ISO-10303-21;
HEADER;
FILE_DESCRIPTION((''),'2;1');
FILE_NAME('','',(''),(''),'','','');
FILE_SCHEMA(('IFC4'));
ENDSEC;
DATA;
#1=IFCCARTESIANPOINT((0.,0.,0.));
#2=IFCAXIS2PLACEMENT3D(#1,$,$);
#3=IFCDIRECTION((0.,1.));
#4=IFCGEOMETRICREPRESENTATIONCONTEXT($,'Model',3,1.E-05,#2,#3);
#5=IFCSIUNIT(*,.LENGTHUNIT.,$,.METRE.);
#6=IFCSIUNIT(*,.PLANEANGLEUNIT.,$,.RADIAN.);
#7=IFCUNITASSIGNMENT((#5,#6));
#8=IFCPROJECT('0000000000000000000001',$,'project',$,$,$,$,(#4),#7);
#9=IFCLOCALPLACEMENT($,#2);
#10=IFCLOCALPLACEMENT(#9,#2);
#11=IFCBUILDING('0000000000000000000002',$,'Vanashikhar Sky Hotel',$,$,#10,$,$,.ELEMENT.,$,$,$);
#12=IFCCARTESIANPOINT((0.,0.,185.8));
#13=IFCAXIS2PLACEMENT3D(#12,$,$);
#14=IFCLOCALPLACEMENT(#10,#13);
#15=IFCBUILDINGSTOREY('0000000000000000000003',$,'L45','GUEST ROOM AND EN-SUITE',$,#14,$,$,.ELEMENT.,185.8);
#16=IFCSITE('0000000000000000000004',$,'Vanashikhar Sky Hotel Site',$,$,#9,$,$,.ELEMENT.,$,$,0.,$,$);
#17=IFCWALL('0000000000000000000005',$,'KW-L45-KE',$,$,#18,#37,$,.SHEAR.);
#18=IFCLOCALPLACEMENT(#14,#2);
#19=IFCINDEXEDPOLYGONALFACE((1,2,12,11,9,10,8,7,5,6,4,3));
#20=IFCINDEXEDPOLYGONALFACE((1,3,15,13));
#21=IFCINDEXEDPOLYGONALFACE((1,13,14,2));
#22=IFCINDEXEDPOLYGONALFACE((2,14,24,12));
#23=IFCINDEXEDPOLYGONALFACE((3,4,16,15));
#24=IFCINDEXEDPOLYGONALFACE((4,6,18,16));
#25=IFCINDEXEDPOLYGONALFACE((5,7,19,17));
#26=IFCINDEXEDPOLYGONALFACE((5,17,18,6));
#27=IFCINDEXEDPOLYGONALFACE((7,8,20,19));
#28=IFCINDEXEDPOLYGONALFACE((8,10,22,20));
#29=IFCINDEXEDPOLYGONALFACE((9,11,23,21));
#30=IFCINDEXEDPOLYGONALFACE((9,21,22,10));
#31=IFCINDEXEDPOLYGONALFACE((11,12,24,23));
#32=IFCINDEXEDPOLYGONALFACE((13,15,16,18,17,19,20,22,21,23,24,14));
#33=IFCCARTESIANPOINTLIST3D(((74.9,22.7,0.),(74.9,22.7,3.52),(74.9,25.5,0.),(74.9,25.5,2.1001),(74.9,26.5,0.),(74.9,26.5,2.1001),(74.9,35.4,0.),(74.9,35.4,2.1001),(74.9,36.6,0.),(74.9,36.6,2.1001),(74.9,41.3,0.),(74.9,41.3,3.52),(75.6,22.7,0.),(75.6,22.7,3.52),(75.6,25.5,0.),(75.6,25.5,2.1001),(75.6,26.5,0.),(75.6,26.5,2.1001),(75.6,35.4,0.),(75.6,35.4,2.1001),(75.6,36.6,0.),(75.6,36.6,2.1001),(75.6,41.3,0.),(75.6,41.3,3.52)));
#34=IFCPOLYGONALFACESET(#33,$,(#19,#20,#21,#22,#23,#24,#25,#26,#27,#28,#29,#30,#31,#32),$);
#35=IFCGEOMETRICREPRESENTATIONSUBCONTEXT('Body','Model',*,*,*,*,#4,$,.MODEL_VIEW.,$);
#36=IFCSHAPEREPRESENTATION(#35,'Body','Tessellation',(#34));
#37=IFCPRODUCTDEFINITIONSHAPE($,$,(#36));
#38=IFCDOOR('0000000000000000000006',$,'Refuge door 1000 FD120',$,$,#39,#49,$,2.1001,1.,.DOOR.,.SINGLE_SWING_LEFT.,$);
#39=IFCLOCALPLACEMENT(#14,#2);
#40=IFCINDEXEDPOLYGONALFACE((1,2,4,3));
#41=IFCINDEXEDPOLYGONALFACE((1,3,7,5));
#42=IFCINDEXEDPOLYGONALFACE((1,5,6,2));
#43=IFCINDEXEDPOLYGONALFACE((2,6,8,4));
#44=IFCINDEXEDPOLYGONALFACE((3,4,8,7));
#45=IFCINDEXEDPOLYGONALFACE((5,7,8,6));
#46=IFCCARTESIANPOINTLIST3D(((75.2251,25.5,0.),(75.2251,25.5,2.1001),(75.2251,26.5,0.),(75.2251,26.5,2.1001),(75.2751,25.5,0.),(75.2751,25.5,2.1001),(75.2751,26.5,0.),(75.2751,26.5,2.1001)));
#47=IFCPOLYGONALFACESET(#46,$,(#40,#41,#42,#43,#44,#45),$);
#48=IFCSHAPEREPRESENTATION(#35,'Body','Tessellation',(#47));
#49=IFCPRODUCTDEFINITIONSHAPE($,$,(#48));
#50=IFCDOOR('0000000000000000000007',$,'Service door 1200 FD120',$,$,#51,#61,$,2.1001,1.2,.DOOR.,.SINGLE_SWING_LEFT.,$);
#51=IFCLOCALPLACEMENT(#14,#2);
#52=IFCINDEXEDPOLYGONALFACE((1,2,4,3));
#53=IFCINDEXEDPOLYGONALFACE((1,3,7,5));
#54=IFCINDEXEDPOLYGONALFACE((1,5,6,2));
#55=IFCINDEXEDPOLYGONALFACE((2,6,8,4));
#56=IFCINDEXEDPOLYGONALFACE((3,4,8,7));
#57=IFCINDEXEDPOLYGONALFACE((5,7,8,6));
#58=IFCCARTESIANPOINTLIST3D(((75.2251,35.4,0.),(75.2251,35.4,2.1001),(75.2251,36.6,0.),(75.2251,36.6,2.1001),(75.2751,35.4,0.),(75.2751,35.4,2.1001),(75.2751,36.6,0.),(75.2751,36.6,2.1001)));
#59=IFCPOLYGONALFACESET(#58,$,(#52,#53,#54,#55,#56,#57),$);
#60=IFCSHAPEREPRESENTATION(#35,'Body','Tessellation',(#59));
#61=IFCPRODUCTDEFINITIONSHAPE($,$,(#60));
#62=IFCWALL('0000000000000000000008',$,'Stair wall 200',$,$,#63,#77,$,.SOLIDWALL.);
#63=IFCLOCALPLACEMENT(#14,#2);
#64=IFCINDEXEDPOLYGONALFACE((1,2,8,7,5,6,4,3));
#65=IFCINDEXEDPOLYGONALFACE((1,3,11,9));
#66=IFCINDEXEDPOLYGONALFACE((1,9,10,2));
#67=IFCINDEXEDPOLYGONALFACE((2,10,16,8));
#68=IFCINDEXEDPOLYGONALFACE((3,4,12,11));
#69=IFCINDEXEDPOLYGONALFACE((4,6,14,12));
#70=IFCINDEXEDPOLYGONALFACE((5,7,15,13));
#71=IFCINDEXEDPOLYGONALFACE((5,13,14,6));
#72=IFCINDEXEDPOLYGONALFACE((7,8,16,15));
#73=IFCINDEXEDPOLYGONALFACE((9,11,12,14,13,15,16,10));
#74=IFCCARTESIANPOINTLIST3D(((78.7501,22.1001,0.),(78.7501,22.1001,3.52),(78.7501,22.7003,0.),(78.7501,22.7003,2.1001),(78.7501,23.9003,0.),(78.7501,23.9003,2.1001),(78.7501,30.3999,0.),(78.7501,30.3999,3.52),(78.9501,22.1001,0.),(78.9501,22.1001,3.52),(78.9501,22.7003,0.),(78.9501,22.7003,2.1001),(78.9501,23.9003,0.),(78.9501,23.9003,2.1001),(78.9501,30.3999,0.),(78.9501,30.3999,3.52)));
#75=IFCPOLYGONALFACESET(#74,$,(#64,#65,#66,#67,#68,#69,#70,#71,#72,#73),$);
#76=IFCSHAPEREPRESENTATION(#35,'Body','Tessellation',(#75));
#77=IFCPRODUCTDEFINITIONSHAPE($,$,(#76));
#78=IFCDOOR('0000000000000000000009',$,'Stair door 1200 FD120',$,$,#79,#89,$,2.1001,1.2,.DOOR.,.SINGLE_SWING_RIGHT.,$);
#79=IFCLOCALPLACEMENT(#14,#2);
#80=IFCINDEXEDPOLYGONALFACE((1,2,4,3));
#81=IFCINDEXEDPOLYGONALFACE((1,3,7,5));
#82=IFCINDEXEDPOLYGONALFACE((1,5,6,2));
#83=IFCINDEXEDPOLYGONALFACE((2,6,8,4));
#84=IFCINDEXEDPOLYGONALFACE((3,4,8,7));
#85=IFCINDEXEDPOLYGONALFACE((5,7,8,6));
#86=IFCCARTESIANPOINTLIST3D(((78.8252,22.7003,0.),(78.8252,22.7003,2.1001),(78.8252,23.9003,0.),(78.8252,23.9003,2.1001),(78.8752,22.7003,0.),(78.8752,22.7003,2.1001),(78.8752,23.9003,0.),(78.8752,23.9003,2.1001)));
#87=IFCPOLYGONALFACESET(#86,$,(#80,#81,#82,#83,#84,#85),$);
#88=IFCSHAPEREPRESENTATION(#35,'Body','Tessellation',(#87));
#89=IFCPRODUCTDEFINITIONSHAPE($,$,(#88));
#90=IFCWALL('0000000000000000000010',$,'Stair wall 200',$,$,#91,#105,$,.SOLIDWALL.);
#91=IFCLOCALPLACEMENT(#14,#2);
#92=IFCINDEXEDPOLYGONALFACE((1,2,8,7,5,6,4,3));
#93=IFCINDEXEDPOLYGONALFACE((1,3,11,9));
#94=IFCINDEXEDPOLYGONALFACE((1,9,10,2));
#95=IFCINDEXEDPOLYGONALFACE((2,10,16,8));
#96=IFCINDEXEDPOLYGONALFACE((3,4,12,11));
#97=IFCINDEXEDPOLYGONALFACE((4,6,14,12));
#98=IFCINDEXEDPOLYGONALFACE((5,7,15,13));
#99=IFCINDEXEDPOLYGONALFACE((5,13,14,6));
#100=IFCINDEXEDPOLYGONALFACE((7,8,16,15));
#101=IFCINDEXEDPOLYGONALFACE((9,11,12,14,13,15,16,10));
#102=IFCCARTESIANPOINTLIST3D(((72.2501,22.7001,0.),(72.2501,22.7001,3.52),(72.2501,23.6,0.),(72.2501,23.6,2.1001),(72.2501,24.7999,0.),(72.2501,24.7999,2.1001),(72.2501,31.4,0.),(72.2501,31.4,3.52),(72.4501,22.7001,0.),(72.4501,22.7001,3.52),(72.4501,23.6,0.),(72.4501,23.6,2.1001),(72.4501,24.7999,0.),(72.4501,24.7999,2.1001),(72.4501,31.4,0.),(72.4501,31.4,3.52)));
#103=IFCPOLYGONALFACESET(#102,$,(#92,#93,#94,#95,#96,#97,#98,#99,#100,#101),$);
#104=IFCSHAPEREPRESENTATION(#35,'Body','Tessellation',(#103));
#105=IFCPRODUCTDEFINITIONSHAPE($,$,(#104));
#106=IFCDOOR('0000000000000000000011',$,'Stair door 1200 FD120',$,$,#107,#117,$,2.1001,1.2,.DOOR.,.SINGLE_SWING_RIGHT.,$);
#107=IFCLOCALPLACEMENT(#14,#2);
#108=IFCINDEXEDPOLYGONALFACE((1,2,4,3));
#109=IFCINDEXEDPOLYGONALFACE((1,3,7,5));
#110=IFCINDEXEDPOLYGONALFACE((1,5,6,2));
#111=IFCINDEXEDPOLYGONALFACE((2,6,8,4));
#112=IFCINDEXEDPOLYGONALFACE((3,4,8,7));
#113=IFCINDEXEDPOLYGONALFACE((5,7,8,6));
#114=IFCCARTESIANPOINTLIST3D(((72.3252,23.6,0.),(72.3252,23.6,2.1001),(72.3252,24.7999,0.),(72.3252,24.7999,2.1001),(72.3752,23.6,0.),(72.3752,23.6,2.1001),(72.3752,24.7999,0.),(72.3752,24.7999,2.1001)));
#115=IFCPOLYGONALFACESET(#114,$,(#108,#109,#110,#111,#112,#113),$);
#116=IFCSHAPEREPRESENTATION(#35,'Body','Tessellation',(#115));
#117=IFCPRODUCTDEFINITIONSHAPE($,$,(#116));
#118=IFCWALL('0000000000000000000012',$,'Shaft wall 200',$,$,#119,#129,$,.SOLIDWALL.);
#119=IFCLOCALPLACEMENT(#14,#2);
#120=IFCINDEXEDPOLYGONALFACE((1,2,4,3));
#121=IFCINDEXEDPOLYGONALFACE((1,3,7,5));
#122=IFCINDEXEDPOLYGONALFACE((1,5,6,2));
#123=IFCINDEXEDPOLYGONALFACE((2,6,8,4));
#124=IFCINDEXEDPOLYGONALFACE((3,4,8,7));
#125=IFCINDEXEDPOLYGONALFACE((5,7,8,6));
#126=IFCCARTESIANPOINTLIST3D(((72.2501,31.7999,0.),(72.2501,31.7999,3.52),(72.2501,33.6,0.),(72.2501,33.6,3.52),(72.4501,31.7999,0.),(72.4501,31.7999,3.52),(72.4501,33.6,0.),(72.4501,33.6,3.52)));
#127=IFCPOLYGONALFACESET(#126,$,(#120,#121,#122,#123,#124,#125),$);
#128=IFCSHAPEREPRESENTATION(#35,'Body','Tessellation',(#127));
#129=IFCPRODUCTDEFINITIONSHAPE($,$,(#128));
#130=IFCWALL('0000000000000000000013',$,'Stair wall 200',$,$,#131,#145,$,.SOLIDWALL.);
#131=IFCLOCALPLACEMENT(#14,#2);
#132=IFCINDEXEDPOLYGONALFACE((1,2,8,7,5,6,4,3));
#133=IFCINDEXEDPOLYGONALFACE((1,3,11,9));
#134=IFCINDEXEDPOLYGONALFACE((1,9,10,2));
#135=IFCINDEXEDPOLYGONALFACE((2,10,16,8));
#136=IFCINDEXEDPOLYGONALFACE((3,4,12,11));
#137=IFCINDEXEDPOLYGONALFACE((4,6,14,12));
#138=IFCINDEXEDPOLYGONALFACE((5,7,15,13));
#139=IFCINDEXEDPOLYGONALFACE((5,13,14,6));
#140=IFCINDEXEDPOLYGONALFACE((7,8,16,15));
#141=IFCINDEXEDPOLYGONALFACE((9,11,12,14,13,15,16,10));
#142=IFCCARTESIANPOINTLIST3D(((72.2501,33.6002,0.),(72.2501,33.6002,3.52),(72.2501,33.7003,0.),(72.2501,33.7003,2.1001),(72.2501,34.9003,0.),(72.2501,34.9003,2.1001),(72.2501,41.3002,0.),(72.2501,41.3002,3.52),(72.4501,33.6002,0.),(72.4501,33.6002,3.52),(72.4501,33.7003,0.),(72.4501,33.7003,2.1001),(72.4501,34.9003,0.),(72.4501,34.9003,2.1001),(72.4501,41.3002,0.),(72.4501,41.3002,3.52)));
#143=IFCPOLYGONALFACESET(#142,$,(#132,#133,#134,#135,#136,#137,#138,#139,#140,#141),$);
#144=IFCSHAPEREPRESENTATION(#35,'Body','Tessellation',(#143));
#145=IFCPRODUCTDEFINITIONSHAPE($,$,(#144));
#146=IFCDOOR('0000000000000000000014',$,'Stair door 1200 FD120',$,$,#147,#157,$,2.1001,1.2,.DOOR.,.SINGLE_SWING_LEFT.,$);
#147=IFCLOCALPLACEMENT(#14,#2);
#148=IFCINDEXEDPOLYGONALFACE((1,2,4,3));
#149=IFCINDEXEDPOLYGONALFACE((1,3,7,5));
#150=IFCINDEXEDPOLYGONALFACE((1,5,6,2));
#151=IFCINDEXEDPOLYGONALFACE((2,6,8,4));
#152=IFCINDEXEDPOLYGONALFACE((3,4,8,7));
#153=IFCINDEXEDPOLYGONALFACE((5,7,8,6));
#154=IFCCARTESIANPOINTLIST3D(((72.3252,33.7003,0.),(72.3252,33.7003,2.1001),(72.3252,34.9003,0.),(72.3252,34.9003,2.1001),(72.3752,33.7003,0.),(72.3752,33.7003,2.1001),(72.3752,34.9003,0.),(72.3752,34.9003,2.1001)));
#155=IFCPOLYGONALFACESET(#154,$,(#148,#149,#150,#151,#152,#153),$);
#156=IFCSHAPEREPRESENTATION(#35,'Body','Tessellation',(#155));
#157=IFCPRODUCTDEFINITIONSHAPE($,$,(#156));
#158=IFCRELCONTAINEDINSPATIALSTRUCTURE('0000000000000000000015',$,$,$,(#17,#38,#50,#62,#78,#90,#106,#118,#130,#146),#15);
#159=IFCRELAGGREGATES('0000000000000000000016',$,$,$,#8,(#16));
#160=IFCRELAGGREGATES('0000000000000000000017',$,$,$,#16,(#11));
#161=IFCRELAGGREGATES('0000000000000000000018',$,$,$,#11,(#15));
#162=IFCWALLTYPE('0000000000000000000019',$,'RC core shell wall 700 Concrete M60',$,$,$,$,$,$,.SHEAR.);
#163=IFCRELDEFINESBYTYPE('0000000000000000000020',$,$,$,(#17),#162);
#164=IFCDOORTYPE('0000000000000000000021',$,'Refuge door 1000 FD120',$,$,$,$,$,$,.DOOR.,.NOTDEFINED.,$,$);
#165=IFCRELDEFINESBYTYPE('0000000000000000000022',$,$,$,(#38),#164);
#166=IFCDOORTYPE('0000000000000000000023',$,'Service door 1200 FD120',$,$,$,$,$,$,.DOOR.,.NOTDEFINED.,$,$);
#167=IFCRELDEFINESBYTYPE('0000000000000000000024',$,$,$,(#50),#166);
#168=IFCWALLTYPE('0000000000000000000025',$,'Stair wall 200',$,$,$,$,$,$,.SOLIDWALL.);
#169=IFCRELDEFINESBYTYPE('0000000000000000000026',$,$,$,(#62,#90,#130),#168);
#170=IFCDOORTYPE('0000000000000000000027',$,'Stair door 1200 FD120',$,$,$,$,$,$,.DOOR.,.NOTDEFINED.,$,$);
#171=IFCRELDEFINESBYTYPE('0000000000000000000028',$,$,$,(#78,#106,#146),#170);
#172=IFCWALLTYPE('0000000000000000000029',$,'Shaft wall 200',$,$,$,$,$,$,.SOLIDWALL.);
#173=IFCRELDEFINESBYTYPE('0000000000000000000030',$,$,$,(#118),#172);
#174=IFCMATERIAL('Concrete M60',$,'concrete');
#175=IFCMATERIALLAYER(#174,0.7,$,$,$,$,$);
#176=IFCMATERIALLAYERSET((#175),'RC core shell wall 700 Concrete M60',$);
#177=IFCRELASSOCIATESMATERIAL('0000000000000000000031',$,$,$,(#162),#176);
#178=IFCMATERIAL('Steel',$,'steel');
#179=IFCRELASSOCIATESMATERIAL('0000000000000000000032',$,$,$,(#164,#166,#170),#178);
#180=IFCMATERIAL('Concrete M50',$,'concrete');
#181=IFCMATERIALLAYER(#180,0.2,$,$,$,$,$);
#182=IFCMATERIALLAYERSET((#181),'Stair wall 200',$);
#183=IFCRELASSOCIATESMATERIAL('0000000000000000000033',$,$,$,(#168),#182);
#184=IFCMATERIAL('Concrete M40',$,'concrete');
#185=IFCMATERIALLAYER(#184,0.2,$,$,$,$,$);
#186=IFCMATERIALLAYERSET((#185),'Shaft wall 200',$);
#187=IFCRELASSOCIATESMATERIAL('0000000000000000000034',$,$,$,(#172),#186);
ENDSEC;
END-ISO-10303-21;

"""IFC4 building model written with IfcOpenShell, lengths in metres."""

from ifc_helpers import new_model, si_unit, direction, frame, frame_2d, origin, place, context, subcontext, project, spatial, rectangle, extrude, source, transform, mapped, material, layer, layer_set, type_object, element, fill, save


model = new_model("IFC4")

# Units and contexts
model_context = context("Model", 3, precision=1e-05, world=origin(), true_north=direction((0.0, 1.0)))
body_context = subcontext(model_context, "Body", "Model", "MODEL_VIEW")
ifc_project = project(units=[si_unit("LENGTHUNIT", "METRE"), si_unit("PLANEANGLEUNIT", "RADIAN")], contexts=[model_context])

# Site, building, storey
site_placement = place(None, origin())
site = spatial("IfcSite", under=ifc_project, at=site_placement, Name="Vanashikhar Sky Hotel Site", CompositionType="ELEMENT", RefElevation=0.0)
building_placement = place(site_placement, origin())
building = spatial("IfcBuilding", under=site, at=building_placement, Name="Vanashikhar Sky Hotel", CompositionType="ELEMENT")
storey_placement = place(building_placement, frame((0.0, 0.0, 185.8)))
storey = spatial("IfcBuildingStorey", under=building, at=storey_placement, Name="L45", Description="GUEST ROOM AND EN-SUITE", CompositionType="ELEMENT", Elevation=185.8)

# Wall, openings, doors
ifc_material_1 = material(Name="Concrete M60", Category="concrete")
ifc_layer_1 = layer(ifc_material_1, 0.7)
ifc_layer_set_1 = layer_set([ifc_layer_1], Name="RC core shell wall 700 Concrete M60")
wall_type_1 = type_object("IfcWallType", Name="RC core shell wall 700 Concrete M60", PredefinedType="SHEAR", material=ifc_layer_set_1)
shared_shape_1 = source(origin(), body_context, "Body", "SweptSolid", [
    extrude(rectangle(XDim=18.6001, YDim=0.7, at=frame_2d((9.3, 0.0))), origin(), (0.0, 0.0, 1.0), 3.52),
])
wall_1_placement = place(storey_placement, frame((75.25, 22.7, 0.0), z_axis=(0.0, 0.0, 1.0), x_axis=(0.0, 1.0, 0.0)))
wall_1 = element("IfcWall", 1, at=wall_1_placement, inside=storey, type_object=wall_type_1, Name="KW-L45-KE", PredefinedType="SHEAR", context=body_context, shape_type="MappedRepresentation", body=[
    mapped(shared_shape_1, transform((0.0, 0.0, 0.0), scale=1.0)),
])
shared_shape_2 = source(origin(), body_context, "Body", "SweptSolid", [
    extrude(rectangle(XDim=1.0, YDim=2.1001, at=frame_2d((0.5, 1.05))), frame((0.0, 0.3599, 0.0), z_axis=(0.0, -1.0, 0.0), x_axis=(1.0, 0.0, 0.0)), (0.0, 0.0, 1.0), 0.72),
])
opening_1_placement = place(wall_1_placement, frame((2.8, 0.0, 0.0)))
opening_1 = element("IfcOpeningElement", 2, at=opening_1_placement, cuts=wall_1, PredefinedType="OPENING", context=body_context, shape_type="MappedRepresentation", body=[
    mapped(shared_shape_2, transform((0.0, 0.0, 0.0), scale=1.0)),
])
shared_shape_3 = source(origin(), body_context, "Body", "SweptSolid", [
    extrude(rectangle(XDim=1.2, YDim=2.1001, at=frame_2d((0.6001, 1.05))), frame((0.0, 0.3599, 0.0), z_axis=(0.0, -1.0, 0.0), x_axis=(1.0, 0.0, 0.0)), (0.0, 0.0, 1.0), 0.72),
])
opening_2_placement = place(wall_1_placement, frame((12.7, 0.0, 0.0)))
opening_2 = element("IfcOpeningElement", 3, at=opening_2_placement, cuts=wall_1, PredefinedType="OPENING", context=body_context, shape_type="MappedRepresentation", body=[
    mapped(shared_shape_3, transform((0.0, 0.0, 0.0), scale=1.0)),
])
ifc_material_2 = material(Name="Steel", Category="steel")
door_type_1 = type_object("IfcDoorType", Name="Refuge door 1000 FD120", OperationType="NOTDEFINED", PredefinedType="DOOR", material=ifc_material_2)
shared_shape_4 = source(origin(), body_context, "Body", "SweptSolid", [
    extrude(rectangle(XDim=1.0, YDim=2.1001, at=frame_2d((0.5, 1.05))), frame((0.0, 0.0249, 0.0), z_axis=(0.0, -1.0, 0.0), x_axis=(1.0, 0.0, 0.0)), (0.0, 0.0, 1.0), 0.05),
])
door_1_placement = place(opening_1_placement, origin())
door_1 = element("IfcDoor", 4, at=door_1_placement, inside=storey, type_object=door_type_1, Name="Refuge door 1000 FD120", OperationType="SINGLE_SWING_LEFT", OverallHeight=2.1001, OverallWidth=1.0, PredefinedType="DOOR", context=body_context, shape_type="MappedRepresentation", body=[
    mapped(shared_shape_4, transform((0.0, 0.0, 0.0), scale=1.0)),
])
fill(opening_1, door_1)
door_type_2 = type_object("IfcDoorType", Name="Service door 1200 FD120", OperationType="NOTDEFINED", PredefinedType="DOOR", material=ifc_material_2)
shared_shape_5 = source(origin(), body_context, "Body", "SweptSolid", [
    extrude(rectangle(XDim=1.2, YDim=2.1001, at=frame_2d((0.6001, 1.05))), frame((0.0, 0.0249, 0.0), z_axis=(0.0, -1.0, 0.0), x_axis=(1.0, 0.0, 0.0)), (0.0, 0.0, 1.0), 0.05),
])
door_2_placement = place(opening_2_placement, origin())
door_2 = element("IfcDoor", 5, at=door_2_placement, inside=storey, type_object=door_type_2, Name="Service door 1200 FD120", OperationType="SINGLE_SWING_LEFT", OverallHeight=2.1001, OverallWidth=1.2, PredefinedType="DOOR", context=body_context, shape_type="MappedRepresentation", body=[
    mapped(shared_shape_5, transform((0.0, 0.0, 0.0), scale=1.0)),
])
fill(opening_2, door_2)

# Walls, openings, doors
ifc_material_3 = material(Name="Concrete M50", Category="concrete")
ifc_layer_2 = layer(ifc_material_3, 0.2)
ifc_layer_set_2 = layer_set([ifc_layer_2], Name="Stair wall 200")
wall_type_2 = type_object("IfcWallType", Name="Stair wall 200", PredefinedType="SOLIDWALL", material=ifc_layer_set_2)
shared_shape_6 = source(origin(), body_context, "Body", "SweptSolid", [
    extrude(rectangle(XDim=8.2998, YDim=0.2, at=frame_2d((4.1499, 0.0))), origin(), (0.0, 0.0, 1.0), 3.52),
])
wall_2_placement = place(storey_placement, frame((78.8501, 22.1001, 0.0), z_axis=(0.0, 0.0, 1.0), x_axis=(0.0, 1.0, 0.0)))
wall_2 = element("IfcWall", 6, at=wall_2_placement, inside=storey, type_object=wall_type_2, Name="Stair wall 200", PredefinedType="SOLIDWALL", context=body_context, shape_type="MappedRepresentation", body=[
    mapped(shared_shape_6, transform((0.0, 0.0, 0.0), scale=1.0)),
])
shared_shape_7 = source(origin(), body_context, "Body", "SweptSolid", [
    extrude(rectangle(XDim=1.2, YDim=2.1001, at=frame_2d((0.6001, 1.05))), frame((0.0, 0.1099, 0.0), z_axis=(0.0, -1.0, 0.0), x_axis=(1.0, 0.0, 0.0)), (0.0, 0.0, 1.0), 0.22),
])
opening_3_placement = place(wall_2_placement, frame((0.6001, 0.0, 0.0)))
opening_3 = element("IfcOpeningElement", 7, at=opening_3_placement, cuts=wall_2, PredefinedType="OPENING", context=body_context, shape_type="MappedRepresentation", body=[
    mapped(shared_shape_7, transform((0.0, 0.0, 0.0), scale=1.0)),
])
door_type_3 = type_object("IfcDoorType", Name="Stair door 1200 FD120", OperationType="NOTDEFINED", PredefinedType="DOOR", material=ifc_material_2)
door_3_placement = place(opening_3_placement, origin())
door_3 = element("IfcDoor", 8, at=door_3_placement, inside=storey, type_object=door_type_3, Name="Stair door 1200 FD120", OperationType="SINGLE_SWING_RIGHT", OverallHeight=2.1001, OverallWidth=1.2, PredefinedType="DOOR", context=body_context, shape_type="MappedRepresentation", body=[
    mapped(shared_shape_5, transform((0.0, 0.0, 0.0), scale=1.0)),
])
fill(opening_3, door_3)
shared_shape_8 = source(origin(), body_context, "Body", "SweptSolid", [
    extrude(rectangle(XDim=8.7, YDim=0.2, at=frame_2d((4.3501, 0.0))), origin(), (0.0, 0.0, 1.0), 3.52),
])
wall_3_placement = place(storey_placement, frame((72.3501, 22.7, 0.0), z_axis=(0.0, 0.0, 1.0), x_axis=(0.0, 1.0, 0.0)))
wall_3 = element("IfcWall", 9, at=wall_3_placement, inside=storey, type_object=wall_type_2, Name="Stair wall 200", PredefinedType="SOLIDWALL", context=body_context, shape_type="MappedRepresentation", body=[
    mapped(shared_shape_8, transform((0.0, 0.0, 0.0), scale=1.0)),
])
opening_4_placement = place(wall_3_placement, frame((0.8999, 0.0, 0.0)))
opening_4 = element("IfcOpeningElement", 10, at=opening_4_placement, cuts=wall_3, PredefinedType="OPENING", context=body_context, shape_type="MappedRepresentation", body=[
    mapped(shared_shape_7, transform((0.0, 0.0, 0.0), scale=1.0)),
])
door_4_placement = place(opening_4_placement, origin())
door_4 = element("IfcDoor", 11, at=door_4_placement, inside=storey, type_object=door_type_3, Name="Stair door 1200 FD120", OperationType="SINGLE_SWING_RIGHT", OverallHeight=2.1001, OverallWidth=1.2, PredefinedType="DOOR", context=body_context, shape_type="MappedRepresentation", body=[
    mapped(shared_shape_5, transform((0.0, 0.0, 0.0), scale=1.0)),
])
fill(opening_4, door_4)

# Wall
ifc_material_4 = material(Name="Concrete M40", Category="concrete")
ifc_layer_3 = layer(ifc_material_4, 0.2)
ifc_layer_set_3 = layer_set([ifc_layer_3], Name="Shaft wall 200")
wall_type_3 = type_object("IfcWallType", Name="Shaft wall 200", PredefinedType="SOLIDWALL", material=ifc_layer_set_3)
shared_shape_9 = source(origin(), body_context, "Body", "SweptSolid", [
    extrude(rectangle(XDim=1.8, YDim=0.2, at=frame_2d((0.8999, 0.0))), origin(), (0.0, 0.0, 1.0), 3.52),
])
wall_4_placement = place(storey_placement, frame((72.3501, 31.8, 0.0), z_axis=(0.0, 0.0, 1.0), x_axis=(0.0, 1.0, 0.0)))
element("IfcWall", 12, at=wall_4_placement, inside=storey, type_object=wall_type_3, Name="Shaft wall 200", PredefinedType="SOLIDWALL", context=body_context, shape_type="MappedRepresentation", body=[
    mapped(shared_shape_9, transform((0.0, 0.0, 0.0), scale=1.0)),
])

# Wall, opening, door
shared_shape_10 = source(origin(), body_context, "Body", "SweptSolid", [
    extrude(rectangle(XDim=7.7, YDim=0.2, at=frame_2d((3.8501, 0.0))), origin(), (0.0, 0.0, 1.0), 3.52),
])
wall_5_placement = place(storey_placement, frame((72.3501, 33.6001, 0.0), z_axis=(0.0, 0.0, 1.0), x_axis=(0.0, 1.0, 0.0)))
wall_5 = element("IfcWall", 13, at=wall_5_placement, inside=storey, type_object=wall_type_2, Name="Stair wall 200", PredefinedType="SOLIDWALL", context=body_context, shape_type="MappedRepresentation", body=[
    mapped(shared_shape_10, transform((0.0, 0.0, 0.0), scale=1.0)),
])
opening_5_placement = place(wall_5_placement, frame((0.1001, 0.0, 0.0)))
opening_5 = element("IfcOpeningElement", 14, at=opening_5_placement, cuts=wall_5, PredefinedType="OPENING", context=body_context, shape_type="MappedRepresentation", body=[
    mapped(shared_shape_7, transform((0.0, 0.0, 0.0), scale=1.0)),
])
door_5_placement = place(opening_5_placement, origin())
door_5 = element("IfcDoor", 15, at=door_5_placement, inside=storey, type_object=door_type_3, Name="Stair door 1200 FD120", OperationType="SINGLE_SWING_LEFT", OverallHeight=2.1001, OverallWidth=1.2, PredefinedType="DOOR", context=body_context, shape_type="MappedRepresentation", body=[
    mapped(shared_shape_5, transform((0.0, 0.0, 0.0), scale=1.0)),
])
fill(opening_5, door_5)

save(model, "model.ifc")
